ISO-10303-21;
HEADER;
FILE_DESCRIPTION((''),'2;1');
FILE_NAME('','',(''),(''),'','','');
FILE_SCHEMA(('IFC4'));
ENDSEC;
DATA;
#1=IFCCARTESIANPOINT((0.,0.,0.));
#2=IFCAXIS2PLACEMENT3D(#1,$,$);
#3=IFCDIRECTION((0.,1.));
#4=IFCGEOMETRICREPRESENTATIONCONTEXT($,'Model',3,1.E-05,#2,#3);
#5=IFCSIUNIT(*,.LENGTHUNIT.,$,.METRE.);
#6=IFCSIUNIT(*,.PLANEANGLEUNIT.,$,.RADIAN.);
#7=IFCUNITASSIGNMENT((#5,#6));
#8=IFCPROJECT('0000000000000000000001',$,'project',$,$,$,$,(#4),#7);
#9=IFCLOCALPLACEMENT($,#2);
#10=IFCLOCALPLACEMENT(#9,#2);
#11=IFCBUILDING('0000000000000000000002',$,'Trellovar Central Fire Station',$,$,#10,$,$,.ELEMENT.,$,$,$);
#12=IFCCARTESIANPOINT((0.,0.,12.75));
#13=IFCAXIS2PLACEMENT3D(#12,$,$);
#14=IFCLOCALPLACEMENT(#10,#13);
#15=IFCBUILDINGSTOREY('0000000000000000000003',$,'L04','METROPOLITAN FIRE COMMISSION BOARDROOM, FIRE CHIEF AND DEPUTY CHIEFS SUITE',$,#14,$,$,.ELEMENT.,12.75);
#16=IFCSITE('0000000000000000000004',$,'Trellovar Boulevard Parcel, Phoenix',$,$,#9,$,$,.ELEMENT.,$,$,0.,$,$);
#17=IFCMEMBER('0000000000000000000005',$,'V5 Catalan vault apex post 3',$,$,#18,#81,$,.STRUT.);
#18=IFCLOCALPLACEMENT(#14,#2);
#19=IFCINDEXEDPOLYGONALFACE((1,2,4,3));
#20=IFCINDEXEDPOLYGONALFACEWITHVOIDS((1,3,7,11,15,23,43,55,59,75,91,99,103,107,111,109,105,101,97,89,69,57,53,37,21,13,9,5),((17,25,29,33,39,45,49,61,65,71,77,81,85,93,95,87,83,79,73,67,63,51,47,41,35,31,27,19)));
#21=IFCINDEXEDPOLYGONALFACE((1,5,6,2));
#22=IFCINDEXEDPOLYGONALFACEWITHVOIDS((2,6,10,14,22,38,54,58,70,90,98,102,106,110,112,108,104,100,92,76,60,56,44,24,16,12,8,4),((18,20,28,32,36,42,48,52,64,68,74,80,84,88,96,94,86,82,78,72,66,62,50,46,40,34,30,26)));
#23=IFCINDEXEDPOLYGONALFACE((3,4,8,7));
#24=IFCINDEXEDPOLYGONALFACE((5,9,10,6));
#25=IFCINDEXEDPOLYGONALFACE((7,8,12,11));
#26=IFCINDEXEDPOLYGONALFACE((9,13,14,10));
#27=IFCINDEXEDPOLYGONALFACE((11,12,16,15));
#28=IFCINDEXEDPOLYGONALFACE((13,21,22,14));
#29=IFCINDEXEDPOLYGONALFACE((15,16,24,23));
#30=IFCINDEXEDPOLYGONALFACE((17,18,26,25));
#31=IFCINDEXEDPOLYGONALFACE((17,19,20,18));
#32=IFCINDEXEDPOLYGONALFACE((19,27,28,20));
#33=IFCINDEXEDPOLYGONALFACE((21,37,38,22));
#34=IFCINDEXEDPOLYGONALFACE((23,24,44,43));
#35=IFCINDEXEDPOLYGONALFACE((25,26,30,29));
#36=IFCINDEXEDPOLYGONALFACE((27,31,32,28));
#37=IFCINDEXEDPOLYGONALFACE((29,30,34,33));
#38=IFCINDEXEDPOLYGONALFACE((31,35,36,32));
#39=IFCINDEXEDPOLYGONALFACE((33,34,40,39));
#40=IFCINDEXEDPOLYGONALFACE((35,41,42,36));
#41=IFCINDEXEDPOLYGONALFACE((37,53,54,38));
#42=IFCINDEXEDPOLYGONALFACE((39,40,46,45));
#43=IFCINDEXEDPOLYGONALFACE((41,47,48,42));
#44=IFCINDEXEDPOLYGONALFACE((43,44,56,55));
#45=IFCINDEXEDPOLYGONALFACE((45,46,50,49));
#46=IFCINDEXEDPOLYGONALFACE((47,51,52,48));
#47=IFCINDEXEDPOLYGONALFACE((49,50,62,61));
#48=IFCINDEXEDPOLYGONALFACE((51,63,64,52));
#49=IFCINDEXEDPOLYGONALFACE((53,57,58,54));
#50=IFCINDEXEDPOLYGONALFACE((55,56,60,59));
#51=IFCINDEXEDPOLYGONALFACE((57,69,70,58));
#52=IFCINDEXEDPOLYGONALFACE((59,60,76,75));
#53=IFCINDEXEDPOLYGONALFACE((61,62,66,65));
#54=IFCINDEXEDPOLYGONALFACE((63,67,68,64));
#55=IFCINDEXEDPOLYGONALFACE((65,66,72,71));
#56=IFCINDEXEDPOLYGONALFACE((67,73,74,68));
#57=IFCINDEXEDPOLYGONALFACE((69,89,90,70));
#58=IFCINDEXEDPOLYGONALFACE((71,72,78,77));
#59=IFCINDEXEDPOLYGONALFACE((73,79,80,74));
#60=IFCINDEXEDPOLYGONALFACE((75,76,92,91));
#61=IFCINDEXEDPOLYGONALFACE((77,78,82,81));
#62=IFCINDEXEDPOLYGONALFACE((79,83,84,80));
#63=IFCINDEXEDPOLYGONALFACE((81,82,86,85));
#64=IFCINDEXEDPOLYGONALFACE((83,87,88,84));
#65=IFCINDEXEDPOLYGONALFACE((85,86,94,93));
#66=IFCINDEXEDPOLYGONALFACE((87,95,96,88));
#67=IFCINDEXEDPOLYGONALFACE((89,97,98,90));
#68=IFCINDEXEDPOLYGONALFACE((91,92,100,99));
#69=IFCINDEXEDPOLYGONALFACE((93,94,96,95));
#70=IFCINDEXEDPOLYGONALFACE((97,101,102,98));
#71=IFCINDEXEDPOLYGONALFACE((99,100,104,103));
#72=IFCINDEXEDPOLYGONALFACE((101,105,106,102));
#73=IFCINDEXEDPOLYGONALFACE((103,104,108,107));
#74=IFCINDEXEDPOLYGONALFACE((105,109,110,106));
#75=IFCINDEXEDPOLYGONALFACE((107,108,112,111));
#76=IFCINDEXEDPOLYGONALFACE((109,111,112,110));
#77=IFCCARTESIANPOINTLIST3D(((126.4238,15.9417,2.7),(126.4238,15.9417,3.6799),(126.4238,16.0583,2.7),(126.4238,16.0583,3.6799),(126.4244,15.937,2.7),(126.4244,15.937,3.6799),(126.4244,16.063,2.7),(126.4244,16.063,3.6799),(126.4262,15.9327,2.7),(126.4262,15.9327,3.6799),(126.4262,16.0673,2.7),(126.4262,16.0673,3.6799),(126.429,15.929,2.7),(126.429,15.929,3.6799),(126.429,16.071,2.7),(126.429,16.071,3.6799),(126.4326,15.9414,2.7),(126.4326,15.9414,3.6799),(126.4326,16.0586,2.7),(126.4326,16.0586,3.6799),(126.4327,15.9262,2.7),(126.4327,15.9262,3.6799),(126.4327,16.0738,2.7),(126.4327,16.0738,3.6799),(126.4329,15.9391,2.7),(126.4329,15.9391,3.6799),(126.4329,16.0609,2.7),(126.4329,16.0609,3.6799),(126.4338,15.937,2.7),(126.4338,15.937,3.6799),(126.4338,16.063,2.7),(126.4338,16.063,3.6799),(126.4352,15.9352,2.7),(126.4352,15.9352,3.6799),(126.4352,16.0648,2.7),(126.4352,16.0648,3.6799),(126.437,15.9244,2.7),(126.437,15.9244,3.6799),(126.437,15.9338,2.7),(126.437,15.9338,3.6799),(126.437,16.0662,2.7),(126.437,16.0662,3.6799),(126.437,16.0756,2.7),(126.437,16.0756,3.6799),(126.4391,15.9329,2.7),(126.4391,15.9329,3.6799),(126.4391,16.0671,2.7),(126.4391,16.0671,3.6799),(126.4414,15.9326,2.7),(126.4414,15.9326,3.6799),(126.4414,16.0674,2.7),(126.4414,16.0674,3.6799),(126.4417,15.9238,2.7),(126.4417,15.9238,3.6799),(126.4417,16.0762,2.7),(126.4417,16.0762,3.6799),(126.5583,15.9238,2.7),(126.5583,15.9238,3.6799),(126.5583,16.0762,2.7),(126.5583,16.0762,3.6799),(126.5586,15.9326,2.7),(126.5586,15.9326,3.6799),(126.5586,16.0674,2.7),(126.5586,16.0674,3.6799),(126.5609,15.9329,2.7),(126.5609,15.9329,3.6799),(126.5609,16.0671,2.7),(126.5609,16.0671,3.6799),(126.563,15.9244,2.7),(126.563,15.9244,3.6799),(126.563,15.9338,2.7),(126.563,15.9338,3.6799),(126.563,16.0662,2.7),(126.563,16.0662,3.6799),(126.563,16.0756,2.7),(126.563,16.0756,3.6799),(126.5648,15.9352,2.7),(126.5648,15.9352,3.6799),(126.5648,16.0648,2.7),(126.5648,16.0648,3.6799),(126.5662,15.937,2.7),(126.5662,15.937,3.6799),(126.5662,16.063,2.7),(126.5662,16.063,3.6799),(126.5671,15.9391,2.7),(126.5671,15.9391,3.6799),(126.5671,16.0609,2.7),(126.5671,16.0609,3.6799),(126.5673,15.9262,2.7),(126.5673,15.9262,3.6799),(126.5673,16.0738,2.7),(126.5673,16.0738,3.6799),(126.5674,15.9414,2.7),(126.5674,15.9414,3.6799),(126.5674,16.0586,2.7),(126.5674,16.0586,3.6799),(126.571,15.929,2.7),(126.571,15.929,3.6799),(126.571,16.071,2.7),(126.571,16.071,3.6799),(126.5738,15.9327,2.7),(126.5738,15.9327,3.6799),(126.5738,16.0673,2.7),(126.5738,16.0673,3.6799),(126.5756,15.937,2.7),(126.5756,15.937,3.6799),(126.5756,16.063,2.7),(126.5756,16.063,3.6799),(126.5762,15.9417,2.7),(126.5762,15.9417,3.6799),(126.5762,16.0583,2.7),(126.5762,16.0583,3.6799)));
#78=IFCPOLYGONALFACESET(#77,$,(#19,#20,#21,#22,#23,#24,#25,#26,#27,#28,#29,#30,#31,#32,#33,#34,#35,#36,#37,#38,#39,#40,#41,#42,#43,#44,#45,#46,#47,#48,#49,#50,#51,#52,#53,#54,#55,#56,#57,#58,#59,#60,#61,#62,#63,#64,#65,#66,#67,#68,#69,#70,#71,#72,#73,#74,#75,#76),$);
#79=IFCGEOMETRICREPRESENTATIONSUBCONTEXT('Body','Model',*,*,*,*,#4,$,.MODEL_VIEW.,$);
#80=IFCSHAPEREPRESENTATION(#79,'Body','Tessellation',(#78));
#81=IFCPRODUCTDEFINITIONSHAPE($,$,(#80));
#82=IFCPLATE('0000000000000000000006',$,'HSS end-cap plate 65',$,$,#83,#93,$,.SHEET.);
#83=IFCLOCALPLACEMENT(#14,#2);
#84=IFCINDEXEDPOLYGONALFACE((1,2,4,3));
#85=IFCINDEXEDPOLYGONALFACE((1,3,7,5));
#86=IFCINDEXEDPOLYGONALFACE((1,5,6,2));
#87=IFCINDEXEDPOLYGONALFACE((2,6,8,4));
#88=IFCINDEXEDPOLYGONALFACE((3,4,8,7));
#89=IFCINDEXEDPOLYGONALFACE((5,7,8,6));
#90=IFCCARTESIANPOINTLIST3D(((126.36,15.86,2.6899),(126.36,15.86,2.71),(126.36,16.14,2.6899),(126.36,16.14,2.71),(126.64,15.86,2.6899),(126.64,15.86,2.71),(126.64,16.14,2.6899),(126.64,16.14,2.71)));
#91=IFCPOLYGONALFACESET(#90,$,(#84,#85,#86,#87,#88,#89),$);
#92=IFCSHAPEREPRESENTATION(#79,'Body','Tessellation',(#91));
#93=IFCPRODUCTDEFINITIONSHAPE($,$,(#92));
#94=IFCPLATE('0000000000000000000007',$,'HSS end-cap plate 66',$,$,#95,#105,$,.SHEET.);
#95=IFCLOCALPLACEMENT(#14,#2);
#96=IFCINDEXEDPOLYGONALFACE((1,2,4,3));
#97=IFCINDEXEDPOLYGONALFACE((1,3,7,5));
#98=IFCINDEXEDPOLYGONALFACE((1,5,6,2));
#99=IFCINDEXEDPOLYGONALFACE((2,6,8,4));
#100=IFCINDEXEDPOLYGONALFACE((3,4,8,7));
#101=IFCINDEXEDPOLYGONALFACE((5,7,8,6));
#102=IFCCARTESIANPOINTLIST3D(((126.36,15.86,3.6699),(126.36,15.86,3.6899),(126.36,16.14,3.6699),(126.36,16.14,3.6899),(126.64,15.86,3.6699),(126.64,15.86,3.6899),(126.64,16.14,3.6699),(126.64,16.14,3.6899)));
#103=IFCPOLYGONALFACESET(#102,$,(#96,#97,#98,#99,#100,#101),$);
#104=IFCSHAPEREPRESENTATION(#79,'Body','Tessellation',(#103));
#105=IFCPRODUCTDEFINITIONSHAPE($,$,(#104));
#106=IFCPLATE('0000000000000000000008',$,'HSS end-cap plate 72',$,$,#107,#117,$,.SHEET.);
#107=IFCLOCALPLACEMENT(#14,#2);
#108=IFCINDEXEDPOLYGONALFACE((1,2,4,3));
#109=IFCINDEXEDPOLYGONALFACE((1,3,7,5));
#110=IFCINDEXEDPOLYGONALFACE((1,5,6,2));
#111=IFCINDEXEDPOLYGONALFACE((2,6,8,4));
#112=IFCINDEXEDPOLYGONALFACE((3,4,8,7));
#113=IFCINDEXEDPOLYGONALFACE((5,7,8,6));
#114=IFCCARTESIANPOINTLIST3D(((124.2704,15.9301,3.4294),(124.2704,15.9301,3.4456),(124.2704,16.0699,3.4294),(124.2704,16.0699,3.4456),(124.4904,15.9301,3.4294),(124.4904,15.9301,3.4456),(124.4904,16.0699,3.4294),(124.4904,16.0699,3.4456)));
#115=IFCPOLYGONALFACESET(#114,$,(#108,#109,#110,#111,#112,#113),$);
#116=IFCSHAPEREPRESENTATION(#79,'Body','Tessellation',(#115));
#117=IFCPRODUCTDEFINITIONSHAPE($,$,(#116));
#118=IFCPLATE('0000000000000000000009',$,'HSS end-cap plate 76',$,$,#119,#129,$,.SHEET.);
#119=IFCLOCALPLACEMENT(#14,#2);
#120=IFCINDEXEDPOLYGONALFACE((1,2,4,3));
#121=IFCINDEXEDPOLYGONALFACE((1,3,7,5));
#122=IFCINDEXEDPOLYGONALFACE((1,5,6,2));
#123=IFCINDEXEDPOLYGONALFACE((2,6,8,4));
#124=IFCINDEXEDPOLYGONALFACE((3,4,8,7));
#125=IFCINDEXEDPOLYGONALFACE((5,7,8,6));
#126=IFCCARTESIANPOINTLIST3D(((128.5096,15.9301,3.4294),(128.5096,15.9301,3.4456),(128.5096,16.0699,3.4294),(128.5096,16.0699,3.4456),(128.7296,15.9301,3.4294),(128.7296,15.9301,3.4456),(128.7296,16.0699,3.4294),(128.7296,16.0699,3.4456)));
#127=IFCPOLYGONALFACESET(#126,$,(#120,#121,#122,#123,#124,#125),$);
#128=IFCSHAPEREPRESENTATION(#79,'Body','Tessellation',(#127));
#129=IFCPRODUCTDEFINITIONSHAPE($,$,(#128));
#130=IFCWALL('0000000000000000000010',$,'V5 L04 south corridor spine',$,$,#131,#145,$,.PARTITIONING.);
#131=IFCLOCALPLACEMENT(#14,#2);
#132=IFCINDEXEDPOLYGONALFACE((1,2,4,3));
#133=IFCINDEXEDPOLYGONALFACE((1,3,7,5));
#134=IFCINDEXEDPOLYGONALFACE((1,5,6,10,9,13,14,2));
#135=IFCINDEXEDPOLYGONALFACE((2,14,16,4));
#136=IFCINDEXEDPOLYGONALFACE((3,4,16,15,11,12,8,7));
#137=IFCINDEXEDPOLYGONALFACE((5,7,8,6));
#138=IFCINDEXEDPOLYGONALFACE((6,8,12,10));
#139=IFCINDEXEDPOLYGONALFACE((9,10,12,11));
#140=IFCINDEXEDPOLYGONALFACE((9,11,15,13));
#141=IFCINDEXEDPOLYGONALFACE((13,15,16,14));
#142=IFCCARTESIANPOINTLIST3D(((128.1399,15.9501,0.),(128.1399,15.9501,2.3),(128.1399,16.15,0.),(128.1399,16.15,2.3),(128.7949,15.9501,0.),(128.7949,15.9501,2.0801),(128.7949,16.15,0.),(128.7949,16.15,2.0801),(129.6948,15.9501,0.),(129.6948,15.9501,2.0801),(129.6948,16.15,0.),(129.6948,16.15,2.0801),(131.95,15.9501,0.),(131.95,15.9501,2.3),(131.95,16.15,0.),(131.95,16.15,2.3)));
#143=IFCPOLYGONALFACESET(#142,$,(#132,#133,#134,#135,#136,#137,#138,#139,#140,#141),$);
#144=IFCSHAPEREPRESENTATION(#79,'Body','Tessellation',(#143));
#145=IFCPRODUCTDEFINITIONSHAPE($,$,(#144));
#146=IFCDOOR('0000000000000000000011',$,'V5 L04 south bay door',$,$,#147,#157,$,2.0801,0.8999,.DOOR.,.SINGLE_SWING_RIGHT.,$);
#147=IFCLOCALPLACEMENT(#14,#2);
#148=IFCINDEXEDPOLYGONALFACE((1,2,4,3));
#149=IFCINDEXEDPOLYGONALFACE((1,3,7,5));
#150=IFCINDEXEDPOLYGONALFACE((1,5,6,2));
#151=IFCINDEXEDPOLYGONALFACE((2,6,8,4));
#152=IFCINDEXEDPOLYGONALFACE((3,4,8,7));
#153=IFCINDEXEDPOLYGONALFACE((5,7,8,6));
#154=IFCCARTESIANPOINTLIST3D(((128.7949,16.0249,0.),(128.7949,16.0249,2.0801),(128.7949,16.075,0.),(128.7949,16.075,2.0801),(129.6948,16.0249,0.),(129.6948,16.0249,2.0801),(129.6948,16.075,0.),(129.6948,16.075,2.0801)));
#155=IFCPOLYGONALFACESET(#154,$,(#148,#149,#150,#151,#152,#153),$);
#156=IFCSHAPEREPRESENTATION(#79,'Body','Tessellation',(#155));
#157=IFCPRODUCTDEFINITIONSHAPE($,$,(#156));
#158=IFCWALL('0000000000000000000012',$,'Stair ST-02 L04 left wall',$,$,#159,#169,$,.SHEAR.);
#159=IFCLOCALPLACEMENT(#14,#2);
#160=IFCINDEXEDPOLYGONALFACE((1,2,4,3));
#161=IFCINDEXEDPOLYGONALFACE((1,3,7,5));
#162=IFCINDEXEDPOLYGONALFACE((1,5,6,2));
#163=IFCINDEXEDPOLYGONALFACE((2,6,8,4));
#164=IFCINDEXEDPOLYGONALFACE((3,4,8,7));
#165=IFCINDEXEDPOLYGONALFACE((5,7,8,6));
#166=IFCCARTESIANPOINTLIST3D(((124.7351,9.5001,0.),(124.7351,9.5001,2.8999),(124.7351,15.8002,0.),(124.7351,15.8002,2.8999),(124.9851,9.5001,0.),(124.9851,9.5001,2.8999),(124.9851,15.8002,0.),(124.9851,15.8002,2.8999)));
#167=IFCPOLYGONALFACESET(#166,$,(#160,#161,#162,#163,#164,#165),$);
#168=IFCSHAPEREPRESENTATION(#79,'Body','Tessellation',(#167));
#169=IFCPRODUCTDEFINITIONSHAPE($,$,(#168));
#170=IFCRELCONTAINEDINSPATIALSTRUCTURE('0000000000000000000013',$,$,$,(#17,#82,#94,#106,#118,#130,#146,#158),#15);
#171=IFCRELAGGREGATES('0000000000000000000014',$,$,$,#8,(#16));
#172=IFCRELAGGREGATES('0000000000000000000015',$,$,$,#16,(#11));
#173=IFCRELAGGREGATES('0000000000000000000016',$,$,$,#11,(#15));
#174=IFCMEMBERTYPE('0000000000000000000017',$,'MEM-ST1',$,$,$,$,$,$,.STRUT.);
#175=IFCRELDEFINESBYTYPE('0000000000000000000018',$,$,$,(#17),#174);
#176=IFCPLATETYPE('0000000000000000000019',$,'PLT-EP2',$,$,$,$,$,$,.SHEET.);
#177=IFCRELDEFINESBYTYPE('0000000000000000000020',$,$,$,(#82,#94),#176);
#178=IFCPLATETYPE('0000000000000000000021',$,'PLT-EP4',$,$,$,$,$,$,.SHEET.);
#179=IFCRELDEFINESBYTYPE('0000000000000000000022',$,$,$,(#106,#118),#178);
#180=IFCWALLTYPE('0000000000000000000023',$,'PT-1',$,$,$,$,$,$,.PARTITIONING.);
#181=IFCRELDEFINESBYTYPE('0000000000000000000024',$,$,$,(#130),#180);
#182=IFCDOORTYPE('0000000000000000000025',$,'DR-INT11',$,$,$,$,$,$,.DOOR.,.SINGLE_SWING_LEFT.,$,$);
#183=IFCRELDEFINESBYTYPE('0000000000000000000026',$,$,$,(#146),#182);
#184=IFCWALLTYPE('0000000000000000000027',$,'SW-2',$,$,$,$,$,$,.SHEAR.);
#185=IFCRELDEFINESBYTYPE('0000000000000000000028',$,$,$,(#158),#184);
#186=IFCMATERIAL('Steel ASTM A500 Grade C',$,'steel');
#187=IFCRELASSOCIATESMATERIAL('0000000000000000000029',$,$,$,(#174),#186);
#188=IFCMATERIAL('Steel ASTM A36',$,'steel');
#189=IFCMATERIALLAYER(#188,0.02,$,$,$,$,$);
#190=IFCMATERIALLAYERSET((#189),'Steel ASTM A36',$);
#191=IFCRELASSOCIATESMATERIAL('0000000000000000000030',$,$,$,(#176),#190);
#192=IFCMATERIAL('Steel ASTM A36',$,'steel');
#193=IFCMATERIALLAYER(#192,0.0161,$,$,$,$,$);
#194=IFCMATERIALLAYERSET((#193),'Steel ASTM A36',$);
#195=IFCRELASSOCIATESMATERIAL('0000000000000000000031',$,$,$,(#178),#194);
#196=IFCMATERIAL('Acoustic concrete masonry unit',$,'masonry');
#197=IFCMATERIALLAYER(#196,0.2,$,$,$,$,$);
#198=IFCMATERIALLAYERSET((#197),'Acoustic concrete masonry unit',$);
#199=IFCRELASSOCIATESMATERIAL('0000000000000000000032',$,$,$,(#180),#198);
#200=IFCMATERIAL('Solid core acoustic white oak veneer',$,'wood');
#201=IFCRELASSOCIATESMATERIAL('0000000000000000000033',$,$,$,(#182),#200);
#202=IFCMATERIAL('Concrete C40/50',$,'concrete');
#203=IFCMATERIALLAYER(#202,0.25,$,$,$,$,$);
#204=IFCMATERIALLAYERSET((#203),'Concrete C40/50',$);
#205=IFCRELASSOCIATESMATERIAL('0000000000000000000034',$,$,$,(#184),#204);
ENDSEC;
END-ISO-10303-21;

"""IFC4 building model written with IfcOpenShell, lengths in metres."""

from ifc_helpers import new_model, si_unit, direction, frame, frame_2d, origin, origin_2d, place, context, subcontext, project, spatial, rectangle, hollow_rectangle, extrude, material, layer, layer_set, material_profile, profile_set, type_object, element, fill, save


model = new_model("IFC4")

# Units and contexts
model_context = context("Model", 3, precision=1e-05, world=origin(), true_north=direction((0.0, 1.0)))
body_context = subcontext(model_context, "Body", "Model", "MODEL_VIEW")
ifc_project = project(units=[si_unit("LENGTHUNIT", "METRE"), si_unit("PLANEANGLEUNIT", "RADIAN")], contexts=[model_context])

# Site, building, storey
site_placement = place(None, origin())
site = spatial("IfcSite", under=ifc_project, at=site_placement, Name="Trellovar Boulevard Parcel, Phoenix", CompositionType="ELEMENT", RefElevation=0.0)
building_placement = place(site_placement, origin())
building = spatial("IfcBuilding", under=site, at=building_placement, Name="Trellovar Central Fire Station", CompositionType="ELEMENT")
storey_placement = place(building_placement, frame((0.0, 0.0, 12.75)))
storey = spatial("IfcBuildingStorey", under=building, at=storey_placement, Name="L04", Description="METROPOLITAN FIRE COMMISSION BOARDROOM, FIRE CHIEF AND DEPUTY CHIEFS SUITE", CompositionType="ELEMENT", Elevation=12.75)

# Member
ifc_material_1 = material(Name="Steel ASTM A500 Grade C", Category="steel")
ifc_material_profile_1 = material_profile(ifc_material_1, hollow_rectangle(XDim=0.1523, YDim=0.1523, WallThickness=0.0088, InnerFilletRadius=0.0088, OuterFilletRadius=0.0178, at=origin_2d()), Name="HSS6X6X3/8")
ifc_profile_set_1 = profile_set([ifc_material_profile_1], Name="Steel ASTM A500 Grade C")
member_type_1 = type_object("IfcMemberType", Name="MEM-ST1", PredefinedType="STRUT", material=ifc_profile_set_1)
member_1_placement = place(storey_placement, frame((126.5, 16.0, 2.7), z_axis=(0.0, 0.0, 1.0), x_axis=(1.0, 0.0, 0.0)))
element("IfcMember", 1, at=member_1_placement, inside=storey, type_object=member_type_1, Name="V5 Catalan vault apex post 3", PredefinedType="STRUT", context=body_context, shape_type="SweptSolid", body=[
    extrude(hollow_rectangle(XDim=0.1523, YDim=0.1523, WallThickness=0.0088, InnerFilletRadius=0.0088, OuterFilletRadius=0.0178, at=origin_2d()), origin(), (0.0, 0.0, 1.0), 0.98),
])

# Plates
ifc_material_2 = material(Name="Steel ASTM A36", Category="steel")
ifc_layer_1 = layer(ifc_material_2, 0.02)
ifc_layer_set_1 = layer_set([ifc_layer_1], Name="Steel ASTM A36")
plate_type_1 = type_object("IfcPlateType", Name="PLT-EP2", PredefinedType="SHEET", material=ifc_layer_set_1)
for number, where, z_axis, x_axis, name in (
    (2, (126.5, 16.0, 2.6899), (0.0, 0.0, 1.0), (1.0, 0.0, 0.0), "HSS end-cap plate 65"),
    (3, (126.5, 16.0, 3.6699), (0.0, 0.0, 1.0), (1.0, 0.0, 0.0), "HSS end-cap plate 66"),
):
    element("IfcPlate", number, at=place(storey_placement, frame(where, z_axis=z_axis, x_axis=x_axis)), inside=storey, type_object=plate_type_1, Name=name, PredefinedType="SHEET", context=body_context, shape_type="SweptSolid", body=[
        extrude(rectangle(XDim=0.28, YDim=0.28, at=origin_2d()), origin(), (0.0, 0.0, 1.0), 0.02),
    ])
ifc_material_3 = material(Name="Steel ASTM A36", Category="steel")
ifc_layer_2 = layer(ifc_material_3, 0.0161)
ifc_layer_set_2 = layer_set([ifc_layer_2], Name="Steel ASTM A36")
plate_type_2 = type_object("IfcPlateType", Name="PLT-EP4", PredefinedType="SHEET", material=ifc_layer_set_2)
for number, where, z_axis, x_axis, name in (
    (4, (124.3804, 16.0, 3.4294), (0.0, 0.0, 1.0), (1.0, 0.0, 0.0), "HSS end-cap plate 72"),
    (5, (128.6196, 16.0, 3.4294), (0.0, 0.0, 1.0), (1.0, 0.0, 0.0), "HSS end-cap plate 76"),
):
    element("IfcPlate", number, at=place(storey_placement, frame(where, z_axis=z_axis, x_axis=x_axis)), inside=storey, type_object=plate_type_2, Name=name, PredefinedType="SHEET", context=body_context, shape_type="SweptSolid", body=[
        extrude(rectangle(XDim=0.22, YDim=0.1399, at=origin_2d()), origin(), (0.0, 0.0, 1.0), 0.0161),
    ])

# Wall, opening, door
ifc_material_4 = material(Name="Acoustic concrete masonry unit", Category="masonry")
ifc_layer_3 = layer(ifc_material_4, 0.2)
ifc_layer_set_3 = layer_set([ifc_layer_3], Name="Acoustic concrete masonry unit")
wall_type_1 = type_object("IfcWallType", Name="PT-1", PredefinedType="PARTITIONING", material=ifc_layer_set_3)
wall_1_placement = place(storey_placement, frame((128.1399, 16.05, 0.0), z_axis=(0.0, 0.0, 1.0), x_axis=(1.0, 0.0, 0.0)))
wall_1 = element("IfcWall", 6, at=wall_1_placement, inside=storey, type_object=wall_type_1, Name="V5 L04 south corridor spine", PredefinedType="PARTITIONING", context=body_context, shape_type="SweptSolid", body=[
    extrude(rectangle(XDim=3.8101, YDim=0.2, at=frame_2d((1.905, 0.0))), origin(), (0.0, 0.0, 1.0), 2.3),
])
opening_1_placement = place(wall_1_placement, frame((0.655, 0.0, 0.0)))
opening_1 = element("IfcOpeningElement", 7, at=opening_1_placement, cuts=wall_1, PredefinedType="OPENING", context=body_context, shape_type="SweptSolid", body=[
    extrude(rectangle(XDim=0.8999, YDim=2.0801, at=frame_2d((0.45, 1.04))), frame((0.0, 0.1099, 0.0), z_axis=(0.0, -1.0, 0.0), x_axis=(1.0, 0.0, 0.0)), (0.0, 0.0, 1.0), 0.22),
])
ifc_material_5 = material(Name="Solid core acoustic white oak veneer", Category="wood")
door_type_1 = type_object("IfcDoorType", Name="DR-INT11", OperationType="SINGLE_SWING_LEFT", PredefinedType="DOOR", material=ifc_material_5)
door_1_placement = place(opening_1_placement, origin())
door_1 = element("IfcDoor", 8, at=door_1_placement, inside=storey, type_object=door_type_1, Name="V5 L04 south bay door", OperationType="SINGLE_SWING_RIGHT", OverallHeight=2.0801, OverallWidth=0.8999, PredefinedType="DOOR", context=body_context, shape_type="SweptSolid", body=[
    extrude(rectangle(XDim=0.8999, YDim=2.0801, at=frame_2d((0.45, 1.04))), frame((0.0, 0.0249, 0.0), z_axis=(0.0, -1.0, 0.0), x_axis=(1.0, 0.0, 0.0)), (0.0, 0.0, 1.0), 0.05),
])
fill(opening_1, door_1)

# Wall
ifc_material_6 = material(Name="Concrete C40/50", Category="concrete")
ifc_layer_4 = layer(ifc_material_6, 0.25)
ifc_layer_set_4 = layer_set([ifc_layer_4], Name="Concrete C40/50")
wall_type_2 = type_object("IfcWallType", Name="SW-2", PredefinedType="SHEAR", material=ifc_layer_set_4)
wall_2_placement = place(storey_placement, frame((124.8601, 15.8, 0.0), z_axis=(0.0, 0.0, 1.0), x_axis=(0.0, -1.0, 0.0)))
element("IfcWall", 9, at=wall_2_placement, inside=storey, type_object=wall_type_2, Name="Stair ST-02 L04 left wall", PredefinedType="SHEAR", context=body_context, shape_type="SweptSolid", body=[
    extrude(rectangle(XDim=6.3, YDim=0.25, at=frame_2d((3.1499, 0.0))), origin(), (0.0, 0.0, 1.0), 2.8999),
])

save(model, "model.ifc")
